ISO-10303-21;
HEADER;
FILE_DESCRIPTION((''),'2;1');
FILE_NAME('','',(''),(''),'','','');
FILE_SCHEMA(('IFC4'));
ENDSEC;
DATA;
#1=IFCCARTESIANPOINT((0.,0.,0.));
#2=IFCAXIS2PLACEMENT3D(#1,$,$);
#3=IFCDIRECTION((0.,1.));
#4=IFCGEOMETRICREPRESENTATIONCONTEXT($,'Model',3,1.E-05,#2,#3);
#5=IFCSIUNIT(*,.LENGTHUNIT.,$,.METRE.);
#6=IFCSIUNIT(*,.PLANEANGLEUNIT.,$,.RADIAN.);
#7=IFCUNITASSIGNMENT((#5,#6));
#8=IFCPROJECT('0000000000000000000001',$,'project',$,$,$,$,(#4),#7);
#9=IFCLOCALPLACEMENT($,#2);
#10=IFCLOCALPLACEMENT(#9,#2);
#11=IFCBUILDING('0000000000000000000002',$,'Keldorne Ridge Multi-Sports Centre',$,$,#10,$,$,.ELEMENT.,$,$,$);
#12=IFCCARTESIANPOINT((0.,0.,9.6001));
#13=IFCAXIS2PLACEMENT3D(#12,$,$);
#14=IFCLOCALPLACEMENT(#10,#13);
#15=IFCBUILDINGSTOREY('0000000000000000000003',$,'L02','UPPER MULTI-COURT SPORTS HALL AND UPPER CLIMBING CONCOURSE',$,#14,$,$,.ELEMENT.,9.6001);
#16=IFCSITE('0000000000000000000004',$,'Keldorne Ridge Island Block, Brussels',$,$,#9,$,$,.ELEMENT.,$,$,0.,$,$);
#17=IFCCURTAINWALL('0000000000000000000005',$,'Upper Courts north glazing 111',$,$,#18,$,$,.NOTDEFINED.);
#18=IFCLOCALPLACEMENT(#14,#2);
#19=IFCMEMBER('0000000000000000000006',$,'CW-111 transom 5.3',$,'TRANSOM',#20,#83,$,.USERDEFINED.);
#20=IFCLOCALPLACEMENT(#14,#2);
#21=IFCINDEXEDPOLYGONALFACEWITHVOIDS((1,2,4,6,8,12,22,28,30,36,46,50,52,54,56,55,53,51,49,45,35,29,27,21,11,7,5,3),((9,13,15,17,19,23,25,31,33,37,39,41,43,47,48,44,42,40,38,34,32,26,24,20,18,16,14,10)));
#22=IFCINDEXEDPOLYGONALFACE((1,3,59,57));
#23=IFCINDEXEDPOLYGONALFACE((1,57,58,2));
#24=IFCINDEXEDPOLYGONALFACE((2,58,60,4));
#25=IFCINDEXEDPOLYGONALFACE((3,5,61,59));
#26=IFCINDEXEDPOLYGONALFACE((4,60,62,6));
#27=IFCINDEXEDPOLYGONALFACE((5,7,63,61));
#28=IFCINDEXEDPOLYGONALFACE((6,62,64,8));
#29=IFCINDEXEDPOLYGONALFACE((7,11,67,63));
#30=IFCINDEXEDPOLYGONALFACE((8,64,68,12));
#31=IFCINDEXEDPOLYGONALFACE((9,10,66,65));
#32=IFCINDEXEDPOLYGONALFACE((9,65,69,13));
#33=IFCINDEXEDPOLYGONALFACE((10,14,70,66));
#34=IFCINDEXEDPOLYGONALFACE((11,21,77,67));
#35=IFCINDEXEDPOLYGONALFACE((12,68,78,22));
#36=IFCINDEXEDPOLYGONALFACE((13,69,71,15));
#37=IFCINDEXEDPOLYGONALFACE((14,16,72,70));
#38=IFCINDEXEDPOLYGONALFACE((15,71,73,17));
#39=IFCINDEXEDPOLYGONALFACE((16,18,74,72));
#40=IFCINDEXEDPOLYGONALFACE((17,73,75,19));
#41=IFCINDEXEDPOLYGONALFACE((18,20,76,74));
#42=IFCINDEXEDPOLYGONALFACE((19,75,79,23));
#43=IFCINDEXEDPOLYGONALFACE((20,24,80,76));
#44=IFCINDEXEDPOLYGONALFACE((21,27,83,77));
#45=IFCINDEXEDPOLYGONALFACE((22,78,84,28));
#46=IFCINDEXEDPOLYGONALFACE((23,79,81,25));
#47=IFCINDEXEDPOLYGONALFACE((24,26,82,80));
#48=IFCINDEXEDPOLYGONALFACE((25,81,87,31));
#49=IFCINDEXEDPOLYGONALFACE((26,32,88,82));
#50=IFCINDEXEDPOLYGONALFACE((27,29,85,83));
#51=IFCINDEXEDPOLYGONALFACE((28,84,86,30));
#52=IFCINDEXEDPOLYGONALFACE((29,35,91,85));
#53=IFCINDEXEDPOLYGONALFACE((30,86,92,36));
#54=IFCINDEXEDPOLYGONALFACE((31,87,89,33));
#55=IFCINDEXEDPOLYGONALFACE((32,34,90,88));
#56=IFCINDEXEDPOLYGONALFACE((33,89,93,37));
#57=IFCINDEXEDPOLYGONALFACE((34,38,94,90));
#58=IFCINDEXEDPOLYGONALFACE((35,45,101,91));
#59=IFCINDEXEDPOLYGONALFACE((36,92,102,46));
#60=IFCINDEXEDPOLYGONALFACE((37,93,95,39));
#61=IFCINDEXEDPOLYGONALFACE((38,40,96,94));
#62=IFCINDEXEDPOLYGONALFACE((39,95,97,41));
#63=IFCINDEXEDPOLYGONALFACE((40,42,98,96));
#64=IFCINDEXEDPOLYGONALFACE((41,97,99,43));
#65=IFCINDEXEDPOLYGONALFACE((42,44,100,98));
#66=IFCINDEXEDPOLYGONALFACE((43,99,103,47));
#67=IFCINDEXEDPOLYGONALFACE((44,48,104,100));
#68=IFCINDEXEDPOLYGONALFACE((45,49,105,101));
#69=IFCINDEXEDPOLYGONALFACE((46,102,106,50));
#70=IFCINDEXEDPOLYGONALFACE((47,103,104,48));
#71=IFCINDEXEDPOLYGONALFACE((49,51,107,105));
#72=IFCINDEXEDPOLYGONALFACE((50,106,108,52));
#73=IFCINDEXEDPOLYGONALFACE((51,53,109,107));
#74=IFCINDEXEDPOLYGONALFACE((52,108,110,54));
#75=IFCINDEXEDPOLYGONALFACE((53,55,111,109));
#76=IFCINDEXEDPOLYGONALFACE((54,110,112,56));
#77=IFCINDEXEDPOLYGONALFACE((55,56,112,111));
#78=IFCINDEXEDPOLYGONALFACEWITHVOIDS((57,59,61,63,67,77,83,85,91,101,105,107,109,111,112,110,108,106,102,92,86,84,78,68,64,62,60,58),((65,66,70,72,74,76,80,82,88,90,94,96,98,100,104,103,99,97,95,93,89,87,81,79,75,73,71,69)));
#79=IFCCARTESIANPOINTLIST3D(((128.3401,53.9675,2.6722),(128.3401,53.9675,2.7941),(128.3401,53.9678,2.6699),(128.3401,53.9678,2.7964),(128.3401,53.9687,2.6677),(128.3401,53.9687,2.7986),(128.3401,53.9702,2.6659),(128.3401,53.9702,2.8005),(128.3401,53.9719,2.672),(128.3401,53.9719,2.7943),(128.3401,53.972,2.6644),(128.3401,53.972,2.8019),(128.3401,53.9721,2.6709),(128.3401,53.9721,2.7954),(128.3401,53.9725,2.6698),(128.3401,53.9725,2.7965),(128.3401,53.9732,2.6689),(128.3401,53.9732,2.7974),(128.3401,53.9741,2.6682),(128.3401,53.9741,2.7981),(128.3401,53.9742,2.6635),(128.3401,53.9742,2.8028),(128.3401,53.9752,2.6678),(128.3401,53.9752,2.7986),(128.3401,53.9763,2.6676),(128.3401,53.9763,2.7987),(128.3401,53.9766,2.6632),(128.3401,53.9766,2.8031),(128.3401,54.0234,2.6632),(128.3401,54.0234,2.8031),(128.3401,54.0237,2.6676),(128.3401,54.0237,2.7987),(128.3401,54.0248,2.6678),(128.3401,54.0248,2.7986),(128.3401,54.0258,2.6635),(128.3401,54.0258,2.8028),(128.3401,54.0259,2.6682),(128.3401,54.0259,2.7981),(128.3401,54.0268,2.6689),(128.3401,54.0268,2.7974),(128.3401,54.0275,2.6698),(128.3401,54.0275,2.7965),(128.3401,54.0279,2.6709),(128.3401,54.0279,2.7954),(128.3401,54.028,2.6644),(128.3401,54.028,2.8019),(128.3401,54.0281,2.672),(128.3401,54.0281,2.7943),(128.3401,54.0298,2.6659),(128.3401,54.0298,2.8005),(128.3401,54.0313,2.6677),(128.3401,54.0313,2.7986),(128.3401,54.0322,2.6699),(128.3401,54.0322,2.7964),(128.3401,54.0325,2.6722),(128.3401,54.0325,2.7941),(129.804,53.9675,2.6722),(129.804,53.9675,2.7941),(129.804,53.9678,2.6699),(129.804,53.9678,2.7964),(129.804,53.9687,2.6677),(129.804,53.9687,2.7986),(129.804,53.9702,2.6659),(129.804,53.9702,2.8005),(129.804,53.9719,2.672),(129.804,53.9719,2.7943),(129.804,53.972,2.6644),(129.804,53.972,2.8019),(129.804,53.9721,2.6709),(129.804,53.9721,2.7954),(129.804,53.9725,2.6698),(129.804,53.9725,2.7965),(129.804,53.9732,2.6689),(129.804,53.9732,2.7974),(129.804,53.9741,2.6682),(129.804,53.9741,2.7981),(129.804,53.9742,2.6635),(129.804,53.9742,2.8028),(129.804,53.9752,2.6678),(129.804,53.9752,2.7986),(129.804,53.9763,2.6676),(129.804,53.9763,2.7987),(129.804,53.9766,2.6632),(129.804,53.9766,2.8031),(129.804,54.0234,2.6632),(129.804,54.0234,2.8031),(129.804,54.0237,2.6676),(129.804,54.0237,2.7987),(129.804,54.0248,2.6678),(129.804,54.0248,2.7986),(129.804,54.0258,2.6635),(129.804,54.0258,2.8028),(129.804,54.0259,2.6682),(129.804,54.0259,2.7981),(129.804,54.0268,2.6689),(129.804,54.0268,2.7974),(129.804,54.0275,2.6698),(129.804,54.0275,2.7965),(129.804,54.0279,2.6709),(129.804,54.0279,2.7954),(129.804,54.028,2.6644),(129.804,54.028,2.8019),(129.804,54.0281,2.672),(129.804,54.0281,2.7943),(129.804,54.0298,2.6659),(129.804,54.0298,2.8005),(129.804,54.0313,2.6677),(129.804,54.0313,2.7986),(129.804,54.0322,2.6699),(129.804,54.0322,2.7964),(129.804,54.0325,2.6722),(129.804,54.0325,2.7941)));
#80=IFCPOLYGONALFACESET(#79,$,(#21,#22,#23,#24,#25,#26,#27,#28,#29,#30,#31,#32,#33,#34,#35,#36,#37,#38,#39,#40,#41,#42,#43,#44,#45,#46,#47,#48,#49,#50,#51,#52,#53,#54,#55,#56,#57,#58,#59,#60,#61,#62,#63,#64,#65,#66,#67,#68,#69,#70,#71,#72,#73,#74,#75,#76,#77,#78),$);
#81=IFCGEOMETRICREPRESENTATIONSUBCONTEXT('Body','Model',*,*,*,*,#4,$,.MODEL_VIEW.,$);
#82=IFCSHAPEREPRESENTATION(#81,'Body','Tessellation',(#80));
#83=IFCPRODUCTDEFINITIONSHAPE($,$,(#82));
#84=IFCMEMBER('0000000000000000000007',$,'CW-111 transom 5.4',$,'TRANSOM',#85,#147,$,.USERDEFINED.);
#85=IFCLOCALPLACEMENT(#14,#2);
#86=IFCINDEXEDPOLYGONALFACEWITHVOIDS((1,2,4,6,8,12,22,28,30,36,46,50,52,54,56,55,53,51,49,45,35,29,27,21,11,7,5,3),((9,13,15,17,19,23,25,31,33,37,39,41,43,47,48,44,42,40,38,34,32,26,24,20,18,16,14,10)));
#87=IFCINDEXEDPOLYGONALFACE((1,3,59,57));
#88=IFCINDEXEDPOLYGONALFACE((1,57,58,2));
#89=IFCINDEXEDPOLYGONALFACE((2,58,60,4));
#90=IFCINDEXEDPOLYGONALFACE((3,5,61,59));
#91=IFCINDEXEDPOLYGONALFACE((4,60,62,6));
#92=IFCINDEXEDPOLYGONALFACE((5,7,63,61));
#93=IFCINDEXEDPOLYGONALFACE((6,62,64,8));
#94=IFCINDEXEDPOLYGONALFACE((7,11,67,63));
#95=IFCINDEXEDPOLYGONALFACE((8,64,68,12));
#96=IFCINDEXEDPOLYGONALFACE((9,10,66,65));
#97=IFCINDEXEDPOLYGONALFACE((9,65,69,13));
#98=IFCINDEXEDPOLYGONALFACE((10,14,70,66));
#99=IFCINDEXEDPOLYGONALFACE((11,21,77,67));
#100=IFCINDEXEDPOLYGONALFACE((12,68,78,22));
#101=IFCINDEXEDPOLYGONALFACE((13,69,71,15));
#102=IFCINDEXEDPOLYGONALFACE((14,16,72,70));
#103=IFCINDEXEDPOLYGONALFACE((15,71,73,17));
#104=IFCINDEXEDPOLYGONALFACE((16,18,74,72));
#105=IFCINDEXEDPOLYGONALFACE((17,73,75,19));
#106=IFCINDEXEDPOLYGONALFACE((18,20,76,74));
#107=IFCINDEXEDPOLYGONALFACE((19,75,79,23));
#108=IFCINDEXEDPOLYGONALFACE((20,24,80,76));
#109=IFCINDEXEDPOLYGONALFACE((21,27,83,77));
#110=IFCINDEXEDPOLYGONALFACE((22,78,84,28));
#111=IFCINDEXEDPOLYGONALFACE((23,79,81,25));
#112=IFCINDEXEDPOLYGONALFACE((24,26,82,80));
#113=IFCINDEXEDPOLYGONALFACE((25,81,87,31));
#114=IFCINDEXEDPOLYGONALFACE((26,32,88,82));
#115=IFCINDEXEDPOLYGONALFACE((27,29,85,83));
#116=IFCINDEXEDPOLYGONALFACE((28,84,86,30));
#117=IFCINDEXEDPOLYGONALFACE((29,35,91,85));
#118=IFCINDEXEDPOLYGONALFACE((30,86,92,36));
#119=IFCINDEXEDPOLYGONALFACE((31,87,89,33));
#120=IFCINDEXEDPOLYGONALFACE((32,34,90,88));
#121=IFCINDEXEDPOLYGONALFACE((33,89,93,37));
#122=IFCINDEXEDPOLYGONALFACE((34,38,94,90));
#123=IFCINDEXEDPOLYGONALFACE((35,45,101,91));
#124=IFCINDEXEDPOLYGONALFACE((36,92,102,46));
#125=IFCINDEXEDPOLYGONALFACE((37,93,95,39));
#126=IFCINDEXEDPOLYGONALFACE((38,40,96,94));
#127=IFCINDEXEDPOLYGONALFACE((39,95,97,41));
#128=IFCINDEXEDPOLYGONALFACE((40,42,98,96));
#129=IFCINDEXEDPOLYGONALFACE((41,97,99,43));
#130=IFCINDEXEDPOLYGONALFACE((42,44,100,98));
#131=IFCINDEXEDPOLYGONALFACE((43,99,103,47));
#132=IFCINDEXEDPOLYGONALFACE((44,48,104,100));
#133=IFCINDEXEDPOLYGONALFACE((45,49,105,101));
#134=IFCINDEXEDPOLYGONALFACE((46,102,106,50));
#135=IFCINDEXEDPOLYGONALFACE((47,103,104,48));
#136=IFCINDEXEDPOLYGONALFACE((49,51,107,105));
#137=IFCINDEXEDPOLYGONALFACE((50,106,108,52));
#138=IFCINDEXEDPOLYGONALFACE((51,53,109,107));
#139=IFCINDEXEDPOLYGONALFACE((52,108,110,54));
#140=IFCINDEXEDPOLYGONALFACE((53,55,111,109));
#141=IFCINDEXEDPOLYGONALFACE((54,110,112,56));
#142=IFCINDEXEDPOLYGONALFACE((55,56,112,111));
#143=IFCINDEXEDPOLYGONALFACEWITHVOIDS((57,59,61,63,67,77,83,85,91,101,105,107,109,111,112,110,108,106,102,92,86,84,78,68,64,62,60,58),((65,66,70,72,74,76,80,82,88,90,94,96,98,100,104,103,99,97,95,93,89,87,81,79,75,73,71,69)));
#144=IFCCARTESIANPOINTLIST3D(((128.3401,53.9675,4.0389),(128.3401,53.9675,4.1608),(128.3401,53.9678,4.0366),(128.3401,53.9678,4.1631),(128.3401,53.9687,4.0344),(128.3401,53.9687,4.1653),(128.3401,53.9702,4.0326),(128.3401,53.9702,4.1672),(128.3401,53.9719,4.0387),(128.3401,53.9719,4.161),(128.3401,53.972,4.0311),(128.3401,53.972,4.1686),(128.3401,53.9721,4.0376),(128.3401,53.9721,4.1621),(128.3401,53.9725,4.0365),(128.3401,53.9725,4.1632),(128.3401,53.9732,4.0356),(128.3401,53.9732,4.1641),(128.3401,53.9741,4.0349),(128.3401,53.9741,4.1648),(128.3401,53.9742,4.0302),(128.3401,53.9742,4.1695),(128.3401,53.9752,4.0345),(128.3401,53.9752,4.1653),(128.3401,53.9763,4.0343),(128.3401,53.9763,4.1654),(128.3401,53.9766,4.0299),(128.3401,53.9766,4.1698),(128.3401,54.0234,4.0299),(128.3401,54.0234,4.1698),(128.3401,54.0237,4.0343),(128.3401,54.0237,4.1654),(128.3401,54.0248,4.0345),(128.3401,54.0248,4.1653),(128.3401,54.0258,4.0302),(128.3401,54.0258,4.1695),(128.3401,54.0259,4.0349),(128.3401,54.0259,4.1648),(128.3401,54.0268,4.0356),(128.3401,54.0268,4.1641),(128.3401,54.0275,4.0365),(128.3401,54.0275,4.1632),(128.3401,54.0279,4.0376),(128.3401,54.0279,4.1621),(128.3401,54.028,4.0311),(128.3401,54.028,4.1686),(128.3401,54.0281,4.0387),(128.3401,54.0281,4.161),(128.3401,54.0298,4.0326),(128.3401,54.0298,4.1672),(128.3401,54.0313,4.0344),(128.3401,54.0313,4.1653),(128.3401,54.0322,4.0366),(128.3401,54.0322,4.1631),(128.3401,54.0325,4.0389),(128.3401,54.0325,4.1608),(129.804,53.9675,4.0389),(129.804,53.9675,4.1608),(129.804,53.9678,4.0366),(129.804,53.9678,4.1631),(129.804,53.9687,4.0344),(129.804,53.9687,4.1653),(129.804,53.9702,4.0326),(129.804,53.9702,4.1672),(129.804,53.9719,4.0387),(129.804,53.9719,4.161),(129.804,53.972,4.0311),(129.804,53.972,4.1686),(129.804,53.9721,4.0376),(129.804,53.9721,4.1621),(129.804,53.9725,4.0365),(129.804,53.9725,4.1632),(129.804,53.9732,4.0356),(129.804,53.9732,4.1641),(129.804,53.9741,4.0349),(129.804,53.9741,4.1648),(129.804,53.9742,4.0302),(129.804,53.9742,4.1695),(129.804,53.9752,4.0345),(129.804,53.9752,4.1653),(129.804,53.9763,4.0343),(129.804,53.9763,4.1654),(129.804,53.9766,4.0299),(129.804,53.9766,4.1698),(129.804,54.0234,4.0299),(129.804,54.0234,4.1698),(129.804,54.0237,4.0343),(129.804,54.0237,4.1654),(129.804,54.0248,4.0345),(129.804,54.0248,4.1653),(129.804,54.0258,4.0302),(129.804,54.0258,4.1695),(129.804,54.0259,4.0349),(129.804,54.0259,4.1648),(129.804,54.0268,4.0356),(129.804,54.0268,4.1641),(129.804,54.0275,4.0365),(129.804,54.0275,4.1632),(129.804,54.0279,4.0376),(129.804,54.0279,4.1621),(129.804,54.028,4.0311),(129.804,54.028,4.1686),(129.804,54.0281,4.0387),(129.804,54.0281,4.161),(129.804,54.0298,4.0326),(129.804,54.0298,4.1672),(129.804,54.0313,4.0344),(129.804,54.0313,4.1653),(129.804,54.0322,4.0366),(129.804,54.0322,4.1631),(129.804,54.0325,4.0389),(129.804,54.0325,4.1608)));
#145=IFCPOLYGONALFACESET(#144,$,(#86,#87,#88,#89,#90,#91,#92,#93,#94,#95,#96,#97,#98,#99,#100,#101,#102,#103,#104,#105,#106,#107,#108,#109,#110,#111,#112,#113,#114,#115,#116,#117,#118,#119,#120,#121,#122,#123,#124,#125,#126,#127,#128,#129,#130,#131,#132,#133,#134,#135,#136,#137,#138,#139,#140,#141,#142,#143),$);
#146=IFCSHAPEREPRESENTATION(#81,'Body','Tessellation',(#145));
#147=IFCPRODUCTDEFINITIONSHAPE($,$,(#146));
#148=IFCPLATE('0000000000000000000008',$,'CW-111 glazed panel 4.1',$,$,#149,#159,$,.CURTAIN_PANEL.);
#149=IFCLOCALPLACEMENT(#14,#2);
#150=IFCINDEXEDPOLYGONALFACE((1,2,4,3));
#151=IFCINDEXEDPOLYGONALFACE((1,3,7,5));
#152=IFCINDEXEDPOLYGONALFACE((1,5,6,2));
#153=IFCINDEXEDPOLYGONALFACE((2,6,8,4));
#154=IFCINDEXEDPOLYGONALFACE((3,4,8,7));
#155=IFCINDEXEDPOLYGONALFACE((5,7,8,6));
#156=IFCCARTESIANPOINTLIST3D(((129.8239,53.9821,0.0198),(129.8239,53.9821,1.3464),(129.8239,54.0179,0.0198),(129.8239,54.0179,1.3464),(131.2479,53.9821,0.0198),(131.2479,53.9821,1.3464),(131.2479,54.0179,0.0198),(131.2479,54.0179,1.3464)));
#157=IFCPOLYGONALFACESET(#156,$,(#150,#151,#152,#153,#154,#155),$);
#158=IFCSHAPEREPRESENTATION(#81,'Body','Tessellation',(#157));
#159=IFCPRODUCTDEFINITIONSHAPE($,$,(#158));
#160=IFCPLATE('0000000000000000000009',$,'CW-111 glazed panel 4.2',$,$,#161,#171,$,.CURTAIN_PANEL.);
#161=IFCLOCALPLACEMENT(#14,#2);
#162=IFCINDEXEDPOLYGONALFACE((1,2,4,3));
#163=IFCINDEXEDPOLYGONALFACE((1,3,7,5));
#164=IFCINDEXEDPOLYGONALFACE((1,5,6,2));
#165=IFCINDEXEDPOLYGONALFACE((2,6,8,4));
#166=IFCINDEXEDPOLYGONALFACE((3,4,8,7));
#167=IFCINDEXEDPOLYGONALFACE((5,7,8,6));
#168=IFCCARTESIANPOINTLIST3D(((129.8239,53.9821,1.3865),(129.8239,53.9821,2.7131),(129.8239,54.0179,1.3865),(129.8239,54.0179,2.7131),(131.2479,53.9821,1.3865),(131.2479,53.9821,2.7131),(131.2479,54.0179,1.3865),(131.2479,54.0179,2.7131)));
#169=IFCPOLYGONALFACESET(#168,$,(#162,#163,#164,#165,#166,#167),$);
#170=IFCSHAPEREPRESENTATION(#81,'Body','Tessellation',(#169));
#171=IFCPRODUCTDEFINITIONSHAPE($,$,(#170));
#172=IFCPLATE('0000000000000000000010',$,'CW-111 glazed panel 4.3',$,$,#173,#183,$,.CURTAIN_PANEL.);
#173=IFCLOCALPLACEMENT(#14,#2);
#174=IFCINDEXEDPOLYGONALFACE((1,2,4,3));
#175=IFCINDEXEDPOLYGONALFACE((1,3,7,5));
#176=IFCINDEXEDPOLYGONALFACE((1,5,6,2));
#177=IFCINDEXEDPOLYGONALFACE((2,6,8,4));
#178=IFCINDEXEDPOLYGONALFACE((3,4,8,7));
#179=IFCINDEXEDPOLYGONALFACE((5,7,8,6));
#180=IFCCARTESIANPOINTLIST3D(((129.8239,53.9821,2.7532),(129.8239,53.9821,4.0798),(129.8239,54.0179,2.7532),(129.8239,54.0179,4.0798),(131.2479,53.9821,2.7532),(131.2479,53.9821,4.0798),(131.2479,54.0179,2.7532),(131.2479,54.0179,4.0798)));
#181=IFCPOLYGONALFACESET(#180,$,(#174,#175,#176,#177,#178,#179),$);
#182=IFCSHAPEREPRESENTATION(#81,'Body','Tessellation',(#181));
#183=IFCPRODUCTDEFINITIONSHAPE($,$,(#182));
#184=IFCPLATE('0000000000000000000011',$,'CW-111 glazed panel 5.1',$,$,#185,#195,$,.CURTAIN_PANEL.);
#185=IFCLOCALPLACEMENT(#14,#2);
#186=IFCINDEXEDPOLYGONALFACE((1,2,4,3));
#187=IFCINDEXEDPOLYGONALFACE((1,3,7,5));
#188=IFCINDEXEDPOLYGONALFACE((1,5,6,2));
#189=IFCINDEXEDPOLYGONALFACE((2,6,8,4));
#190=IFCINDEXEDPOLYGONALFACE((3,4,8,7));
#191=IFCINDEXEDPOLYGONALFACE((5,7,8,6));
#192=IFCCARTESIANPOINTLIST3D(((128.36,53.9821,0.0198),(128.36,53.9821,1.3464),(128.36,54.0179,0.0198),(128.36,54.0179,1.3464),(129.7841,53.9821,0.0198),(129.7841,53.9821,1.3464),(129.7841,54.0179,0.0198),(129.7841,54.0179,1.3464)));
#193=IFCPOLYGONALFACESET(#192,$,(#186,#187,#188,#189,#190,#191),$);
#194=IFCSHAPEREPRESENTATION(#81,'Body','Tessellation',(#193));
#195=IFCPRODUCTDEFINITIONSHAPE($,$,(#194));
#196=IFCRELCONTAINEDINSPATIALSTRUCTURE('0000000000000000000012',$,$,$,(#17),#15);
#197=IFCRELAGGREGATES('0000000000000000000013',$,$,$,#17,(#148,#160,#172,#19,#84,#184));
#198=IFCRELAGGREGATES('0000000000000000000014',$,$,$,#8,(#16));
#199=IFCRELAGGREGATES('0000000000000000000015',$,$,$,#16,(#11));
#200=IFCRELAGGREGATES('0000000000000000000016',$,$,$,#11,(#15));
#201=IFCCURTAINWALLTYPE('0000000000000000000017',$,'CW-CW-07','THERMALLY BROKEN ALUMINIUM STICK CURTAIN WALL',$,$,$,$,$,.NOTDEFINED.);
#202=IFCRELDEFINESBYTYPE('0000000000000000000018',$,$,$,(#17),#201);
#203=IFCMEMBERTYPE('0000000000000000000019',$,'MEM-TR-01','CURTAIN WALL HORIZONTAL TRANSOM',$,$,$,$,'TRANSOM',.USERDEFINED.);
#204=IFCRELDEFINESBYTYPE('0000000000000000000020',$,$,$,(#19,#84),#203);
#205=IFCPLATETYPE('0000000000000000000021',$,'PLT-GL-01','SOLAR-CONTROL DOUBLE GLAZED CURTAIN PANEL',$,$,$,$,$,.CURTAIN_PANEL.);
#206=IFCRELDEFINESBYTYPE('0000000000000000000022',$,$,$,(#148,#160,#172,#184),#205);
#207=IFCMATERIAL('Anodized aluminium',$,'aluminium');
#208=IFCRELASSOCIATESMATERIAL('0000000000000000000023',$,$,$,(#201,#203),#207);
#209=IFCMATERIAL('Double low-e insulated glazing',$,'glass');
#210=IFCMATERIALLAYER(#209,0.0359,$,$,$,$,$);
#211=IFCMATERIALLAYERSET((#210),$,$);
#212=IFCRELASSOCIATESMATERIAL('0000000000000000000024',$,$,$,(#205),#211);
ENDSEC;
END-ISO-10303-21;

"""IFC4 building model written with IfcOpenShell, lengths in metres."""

from ifc_helpers import new_model, si_unit, direction, frame, origin, origin_2d, place, context, subcontext, project, spatial, rectangle, hollow_rectangle, extrude, material, layer, layer_set, material_profile, profile_set, type_object, element, aggregate, save


model = new_model("IFC4")

# Units and contexts
model_context = context("Model", 3, precision=1e-05, world=origin(), true_north=direction((0.0, 1.0)))
body_context = subcontext(model_context, "Body", "Model", "MODEL_VIEW")
ifc_project = project(units=[si_unit("LENGTHUNIT", "METRE"), si_unit("PLANEANGLEUNIT", "RADIAN")], contexts=[model_context])

# Site, building, storey
site_placement = place(None, origin())
site = spatial("IfcSite", under=ifc_project, at=site_placement, Name="Keldorne Ridge Island Block, Brussels", CompositionType="ELEMENT", RefElevation=0.0)
building_placement = place(site_placement, origin())
building = spatial("IfcBuilding", under=site, at=building_placement, Name="Keldorne Ridge Multi-Sports Centre", CompositionType="ELEMENT")
storey_placement = place(building_placement, frame((0.0, 0.0, 9.6001)))
storey = spatial("IfcBuildingStorey", under=building, at=storey_placement, Name="L02", Description="UPPER MULTI-COURT SPORTS HALL AND UPPER CLIMBING CONCOURSE", CompositionType="ELEMENT", Elevation=9.6001)

# Curtain wall, members, plates
ifc_material_1 = material(Name="Anodized aluminium", Category="aluminium")
curtain_wall_type = type_object("IfcCurtainWallType", Name="CW-CW-07", Description="THERMALLY BROKEN ALUMINIUM STICK CURTAIN WALL", PredefinedType="NOTDEFINED", material=ifc_material_1)
curtain_wall_placement = place(storey_placement, origin())
curtain_wall = element("IfcCurtainWall", 1, at=curtain_wall_placement, inside=storey, type_object=curtain_wall_type, Name="Upper Courts north glazing 111", PredefinedType="NOTDEFINED")
ifc_material_profile_1 = material_profile(ifc_material_1, hollow_rectangle(XDim=0.0649, YDim=0.1399, WallThickness=0.0044, InnerFilletRadius=0.0044, OuterFilletRadius=0.009, at=origin_2d()), Name="ALU TRANSOM 140x65x4.5")
ifc_profile_set_1 = profile_set([ifc_material_profile_1], Name="Anodized aluminium")
member_type_1 = type_object("IfcMemberType", Name="MEM-TR-01", Description="CURTAIN WALL HORIZONTAL TRANSOM", ElementType="TRANSOM", PredefinedType="USERDEFINED", material=ifc_profile_set_1)
member_1_placement = place(storey_placement, frame((129.804, 54.0, 2.7332), z_axis=(-1.0, 0.0, 0.0), x_axis=(0.0, -1.0, 0.0)))
member_1 = element("IfcMember", 2, at=member_1_placement, type_object=member_type_1, Name="CW-111 transom 5.3", ObjectType="TRANSOM", PredefinedType="USERDEFINED", context=body_context, shape_type="SweptSolid", body=[
    extrude(hollow_rectangle(XDim=0.0649, YDim=0.1399, WallThickness=0.0044, InnerFilletRadius=0.0044, OuterFilletRadius=0.009, at=origin_2d()), origin(), (0.0, 0.0, 1.0), 1.4639),
])
member_2_placement = place(storey_placement, frame((129.804, 54.0, 4.0999), z_axis=(-1.0, 0.0, 0.0), x_axis=(0.0, -1.0, 0.0)))
member_2 = element("IfcMember", 3, at=member_2_placement, type_object=member_type_1, Name="CW-111 transom 5.4", ObjectType="TRANSOM", PredefinedType="USERDEFINED", context=body_context, shape_type="SweptSolid", body=[
    extrude(hollow_rectangle(XDim=0.0649, YDim=0.1399, WallThickness=0.0044, InnerFilletRadius=0.0044, OuterFilletRadius=0.009, at=origin_2d()), origin(), (0.0, 0.0, 1.0), 1.4639),
])
ifc_material_2 = material(Name="Double low-e insulated glazing", Category="glass")
ifc_layer = layer(ifc_material_2, 0.0359)
ifc_layer_set = layer_set([ifc_layer])
plate_type = type_object("IfcPlateType", Name="PLT-GL-01", Description="SOLAR-CONTROL DOUBLE GLAZED CURTAIN PANEL", PredefinedType="CURTAIN_PANEL", material=ifc_layer_set)
plate_1_placement = place(storey_placement, frame((130.5359, 54.0, 0.0198), z_axis=(0.0, 0.0, 1.0), x_axis=(-1.0, 0.0, 0.0)))
plate_1 = element("IfcPlate", 4, at=plate_1_placement, type_object=plate_type, Name="CW-111 glazed panel 4.1", PredefinedType="CURTAIN_PANEL", context=body_context, shape_type="SweptSolid", body=[
    extrude(rectangle(XDim=1.4241, YDim=0.0359, at=origin_2d()), origin(), (0.0, 0.0, 1.0), 1.3267),
])
plate_2_placement = place(storey_placement, frame((130.5359, 54.0, 1.3865), z_axis=(0.0, 0.0, 1.0), x_axis=(-1.0, 0.0, 0.0)))
plate_2 = element("IfcPlate", 5, at=plate_2_placement, type_object=plate_type, Name="CW-111 glazed panel 4.2", PredefinedType="CURTAIN_PANEL", context=body_context, shape_type="SweptSolid", body=[
    extrude(rectangle(XDim=1.4241, YDim=0.0359, at=origin_2d()), origin(), (0.0, 0.0, 1.0), 1.3267),
])
plate_3_placement = place(storey_placement, frame((130.5359, 54.0, 2.7532), z_axis=(0.0, 0.0, 1.0), x_axis=(-1.0, 0.0, 0.0)))
plate_3 = element("IfcPlate", 6, at=plate_3_placement, type_object=plate_type, Name="CW-111 glazed panel 4.3", PredefinedType="CURTAIN_PANEL", context=body_context, shape_type="SweptSolid", body=[
    extrude(rectangle(XDim=1.4241, YDim=0.0359, at=origin_2d()), origin(), (0.0, 0.0, 1.0), 1.3267),
])
plate_4_placement = place(storey_placement, frame((129.072, 54.0, 0.0198), z_axis=(0.0, 0.0, 1.0), x_axis=(-1.0, 0.0, 0.0)))
plate_4 = element("IfcPlate", 7, at=plate_4_placement, type_object=plate_type, Name="CW-111 glazed panel 5.1", PredefinedType="CURTAIN_PANEL", context=body_context, shape_type="SweptSolid", body=[
    extrude(rectangle(XDim=1.4241, YDim=0.0359, at=origin_2d()), origin(), (0.0, 0.0, 1.0), 1.3267),
])
aggregate(curtain_wall, [plate_1, plate_2, plate_3, member_1, member_2, plate_4])

save(model, "model.ifc")
